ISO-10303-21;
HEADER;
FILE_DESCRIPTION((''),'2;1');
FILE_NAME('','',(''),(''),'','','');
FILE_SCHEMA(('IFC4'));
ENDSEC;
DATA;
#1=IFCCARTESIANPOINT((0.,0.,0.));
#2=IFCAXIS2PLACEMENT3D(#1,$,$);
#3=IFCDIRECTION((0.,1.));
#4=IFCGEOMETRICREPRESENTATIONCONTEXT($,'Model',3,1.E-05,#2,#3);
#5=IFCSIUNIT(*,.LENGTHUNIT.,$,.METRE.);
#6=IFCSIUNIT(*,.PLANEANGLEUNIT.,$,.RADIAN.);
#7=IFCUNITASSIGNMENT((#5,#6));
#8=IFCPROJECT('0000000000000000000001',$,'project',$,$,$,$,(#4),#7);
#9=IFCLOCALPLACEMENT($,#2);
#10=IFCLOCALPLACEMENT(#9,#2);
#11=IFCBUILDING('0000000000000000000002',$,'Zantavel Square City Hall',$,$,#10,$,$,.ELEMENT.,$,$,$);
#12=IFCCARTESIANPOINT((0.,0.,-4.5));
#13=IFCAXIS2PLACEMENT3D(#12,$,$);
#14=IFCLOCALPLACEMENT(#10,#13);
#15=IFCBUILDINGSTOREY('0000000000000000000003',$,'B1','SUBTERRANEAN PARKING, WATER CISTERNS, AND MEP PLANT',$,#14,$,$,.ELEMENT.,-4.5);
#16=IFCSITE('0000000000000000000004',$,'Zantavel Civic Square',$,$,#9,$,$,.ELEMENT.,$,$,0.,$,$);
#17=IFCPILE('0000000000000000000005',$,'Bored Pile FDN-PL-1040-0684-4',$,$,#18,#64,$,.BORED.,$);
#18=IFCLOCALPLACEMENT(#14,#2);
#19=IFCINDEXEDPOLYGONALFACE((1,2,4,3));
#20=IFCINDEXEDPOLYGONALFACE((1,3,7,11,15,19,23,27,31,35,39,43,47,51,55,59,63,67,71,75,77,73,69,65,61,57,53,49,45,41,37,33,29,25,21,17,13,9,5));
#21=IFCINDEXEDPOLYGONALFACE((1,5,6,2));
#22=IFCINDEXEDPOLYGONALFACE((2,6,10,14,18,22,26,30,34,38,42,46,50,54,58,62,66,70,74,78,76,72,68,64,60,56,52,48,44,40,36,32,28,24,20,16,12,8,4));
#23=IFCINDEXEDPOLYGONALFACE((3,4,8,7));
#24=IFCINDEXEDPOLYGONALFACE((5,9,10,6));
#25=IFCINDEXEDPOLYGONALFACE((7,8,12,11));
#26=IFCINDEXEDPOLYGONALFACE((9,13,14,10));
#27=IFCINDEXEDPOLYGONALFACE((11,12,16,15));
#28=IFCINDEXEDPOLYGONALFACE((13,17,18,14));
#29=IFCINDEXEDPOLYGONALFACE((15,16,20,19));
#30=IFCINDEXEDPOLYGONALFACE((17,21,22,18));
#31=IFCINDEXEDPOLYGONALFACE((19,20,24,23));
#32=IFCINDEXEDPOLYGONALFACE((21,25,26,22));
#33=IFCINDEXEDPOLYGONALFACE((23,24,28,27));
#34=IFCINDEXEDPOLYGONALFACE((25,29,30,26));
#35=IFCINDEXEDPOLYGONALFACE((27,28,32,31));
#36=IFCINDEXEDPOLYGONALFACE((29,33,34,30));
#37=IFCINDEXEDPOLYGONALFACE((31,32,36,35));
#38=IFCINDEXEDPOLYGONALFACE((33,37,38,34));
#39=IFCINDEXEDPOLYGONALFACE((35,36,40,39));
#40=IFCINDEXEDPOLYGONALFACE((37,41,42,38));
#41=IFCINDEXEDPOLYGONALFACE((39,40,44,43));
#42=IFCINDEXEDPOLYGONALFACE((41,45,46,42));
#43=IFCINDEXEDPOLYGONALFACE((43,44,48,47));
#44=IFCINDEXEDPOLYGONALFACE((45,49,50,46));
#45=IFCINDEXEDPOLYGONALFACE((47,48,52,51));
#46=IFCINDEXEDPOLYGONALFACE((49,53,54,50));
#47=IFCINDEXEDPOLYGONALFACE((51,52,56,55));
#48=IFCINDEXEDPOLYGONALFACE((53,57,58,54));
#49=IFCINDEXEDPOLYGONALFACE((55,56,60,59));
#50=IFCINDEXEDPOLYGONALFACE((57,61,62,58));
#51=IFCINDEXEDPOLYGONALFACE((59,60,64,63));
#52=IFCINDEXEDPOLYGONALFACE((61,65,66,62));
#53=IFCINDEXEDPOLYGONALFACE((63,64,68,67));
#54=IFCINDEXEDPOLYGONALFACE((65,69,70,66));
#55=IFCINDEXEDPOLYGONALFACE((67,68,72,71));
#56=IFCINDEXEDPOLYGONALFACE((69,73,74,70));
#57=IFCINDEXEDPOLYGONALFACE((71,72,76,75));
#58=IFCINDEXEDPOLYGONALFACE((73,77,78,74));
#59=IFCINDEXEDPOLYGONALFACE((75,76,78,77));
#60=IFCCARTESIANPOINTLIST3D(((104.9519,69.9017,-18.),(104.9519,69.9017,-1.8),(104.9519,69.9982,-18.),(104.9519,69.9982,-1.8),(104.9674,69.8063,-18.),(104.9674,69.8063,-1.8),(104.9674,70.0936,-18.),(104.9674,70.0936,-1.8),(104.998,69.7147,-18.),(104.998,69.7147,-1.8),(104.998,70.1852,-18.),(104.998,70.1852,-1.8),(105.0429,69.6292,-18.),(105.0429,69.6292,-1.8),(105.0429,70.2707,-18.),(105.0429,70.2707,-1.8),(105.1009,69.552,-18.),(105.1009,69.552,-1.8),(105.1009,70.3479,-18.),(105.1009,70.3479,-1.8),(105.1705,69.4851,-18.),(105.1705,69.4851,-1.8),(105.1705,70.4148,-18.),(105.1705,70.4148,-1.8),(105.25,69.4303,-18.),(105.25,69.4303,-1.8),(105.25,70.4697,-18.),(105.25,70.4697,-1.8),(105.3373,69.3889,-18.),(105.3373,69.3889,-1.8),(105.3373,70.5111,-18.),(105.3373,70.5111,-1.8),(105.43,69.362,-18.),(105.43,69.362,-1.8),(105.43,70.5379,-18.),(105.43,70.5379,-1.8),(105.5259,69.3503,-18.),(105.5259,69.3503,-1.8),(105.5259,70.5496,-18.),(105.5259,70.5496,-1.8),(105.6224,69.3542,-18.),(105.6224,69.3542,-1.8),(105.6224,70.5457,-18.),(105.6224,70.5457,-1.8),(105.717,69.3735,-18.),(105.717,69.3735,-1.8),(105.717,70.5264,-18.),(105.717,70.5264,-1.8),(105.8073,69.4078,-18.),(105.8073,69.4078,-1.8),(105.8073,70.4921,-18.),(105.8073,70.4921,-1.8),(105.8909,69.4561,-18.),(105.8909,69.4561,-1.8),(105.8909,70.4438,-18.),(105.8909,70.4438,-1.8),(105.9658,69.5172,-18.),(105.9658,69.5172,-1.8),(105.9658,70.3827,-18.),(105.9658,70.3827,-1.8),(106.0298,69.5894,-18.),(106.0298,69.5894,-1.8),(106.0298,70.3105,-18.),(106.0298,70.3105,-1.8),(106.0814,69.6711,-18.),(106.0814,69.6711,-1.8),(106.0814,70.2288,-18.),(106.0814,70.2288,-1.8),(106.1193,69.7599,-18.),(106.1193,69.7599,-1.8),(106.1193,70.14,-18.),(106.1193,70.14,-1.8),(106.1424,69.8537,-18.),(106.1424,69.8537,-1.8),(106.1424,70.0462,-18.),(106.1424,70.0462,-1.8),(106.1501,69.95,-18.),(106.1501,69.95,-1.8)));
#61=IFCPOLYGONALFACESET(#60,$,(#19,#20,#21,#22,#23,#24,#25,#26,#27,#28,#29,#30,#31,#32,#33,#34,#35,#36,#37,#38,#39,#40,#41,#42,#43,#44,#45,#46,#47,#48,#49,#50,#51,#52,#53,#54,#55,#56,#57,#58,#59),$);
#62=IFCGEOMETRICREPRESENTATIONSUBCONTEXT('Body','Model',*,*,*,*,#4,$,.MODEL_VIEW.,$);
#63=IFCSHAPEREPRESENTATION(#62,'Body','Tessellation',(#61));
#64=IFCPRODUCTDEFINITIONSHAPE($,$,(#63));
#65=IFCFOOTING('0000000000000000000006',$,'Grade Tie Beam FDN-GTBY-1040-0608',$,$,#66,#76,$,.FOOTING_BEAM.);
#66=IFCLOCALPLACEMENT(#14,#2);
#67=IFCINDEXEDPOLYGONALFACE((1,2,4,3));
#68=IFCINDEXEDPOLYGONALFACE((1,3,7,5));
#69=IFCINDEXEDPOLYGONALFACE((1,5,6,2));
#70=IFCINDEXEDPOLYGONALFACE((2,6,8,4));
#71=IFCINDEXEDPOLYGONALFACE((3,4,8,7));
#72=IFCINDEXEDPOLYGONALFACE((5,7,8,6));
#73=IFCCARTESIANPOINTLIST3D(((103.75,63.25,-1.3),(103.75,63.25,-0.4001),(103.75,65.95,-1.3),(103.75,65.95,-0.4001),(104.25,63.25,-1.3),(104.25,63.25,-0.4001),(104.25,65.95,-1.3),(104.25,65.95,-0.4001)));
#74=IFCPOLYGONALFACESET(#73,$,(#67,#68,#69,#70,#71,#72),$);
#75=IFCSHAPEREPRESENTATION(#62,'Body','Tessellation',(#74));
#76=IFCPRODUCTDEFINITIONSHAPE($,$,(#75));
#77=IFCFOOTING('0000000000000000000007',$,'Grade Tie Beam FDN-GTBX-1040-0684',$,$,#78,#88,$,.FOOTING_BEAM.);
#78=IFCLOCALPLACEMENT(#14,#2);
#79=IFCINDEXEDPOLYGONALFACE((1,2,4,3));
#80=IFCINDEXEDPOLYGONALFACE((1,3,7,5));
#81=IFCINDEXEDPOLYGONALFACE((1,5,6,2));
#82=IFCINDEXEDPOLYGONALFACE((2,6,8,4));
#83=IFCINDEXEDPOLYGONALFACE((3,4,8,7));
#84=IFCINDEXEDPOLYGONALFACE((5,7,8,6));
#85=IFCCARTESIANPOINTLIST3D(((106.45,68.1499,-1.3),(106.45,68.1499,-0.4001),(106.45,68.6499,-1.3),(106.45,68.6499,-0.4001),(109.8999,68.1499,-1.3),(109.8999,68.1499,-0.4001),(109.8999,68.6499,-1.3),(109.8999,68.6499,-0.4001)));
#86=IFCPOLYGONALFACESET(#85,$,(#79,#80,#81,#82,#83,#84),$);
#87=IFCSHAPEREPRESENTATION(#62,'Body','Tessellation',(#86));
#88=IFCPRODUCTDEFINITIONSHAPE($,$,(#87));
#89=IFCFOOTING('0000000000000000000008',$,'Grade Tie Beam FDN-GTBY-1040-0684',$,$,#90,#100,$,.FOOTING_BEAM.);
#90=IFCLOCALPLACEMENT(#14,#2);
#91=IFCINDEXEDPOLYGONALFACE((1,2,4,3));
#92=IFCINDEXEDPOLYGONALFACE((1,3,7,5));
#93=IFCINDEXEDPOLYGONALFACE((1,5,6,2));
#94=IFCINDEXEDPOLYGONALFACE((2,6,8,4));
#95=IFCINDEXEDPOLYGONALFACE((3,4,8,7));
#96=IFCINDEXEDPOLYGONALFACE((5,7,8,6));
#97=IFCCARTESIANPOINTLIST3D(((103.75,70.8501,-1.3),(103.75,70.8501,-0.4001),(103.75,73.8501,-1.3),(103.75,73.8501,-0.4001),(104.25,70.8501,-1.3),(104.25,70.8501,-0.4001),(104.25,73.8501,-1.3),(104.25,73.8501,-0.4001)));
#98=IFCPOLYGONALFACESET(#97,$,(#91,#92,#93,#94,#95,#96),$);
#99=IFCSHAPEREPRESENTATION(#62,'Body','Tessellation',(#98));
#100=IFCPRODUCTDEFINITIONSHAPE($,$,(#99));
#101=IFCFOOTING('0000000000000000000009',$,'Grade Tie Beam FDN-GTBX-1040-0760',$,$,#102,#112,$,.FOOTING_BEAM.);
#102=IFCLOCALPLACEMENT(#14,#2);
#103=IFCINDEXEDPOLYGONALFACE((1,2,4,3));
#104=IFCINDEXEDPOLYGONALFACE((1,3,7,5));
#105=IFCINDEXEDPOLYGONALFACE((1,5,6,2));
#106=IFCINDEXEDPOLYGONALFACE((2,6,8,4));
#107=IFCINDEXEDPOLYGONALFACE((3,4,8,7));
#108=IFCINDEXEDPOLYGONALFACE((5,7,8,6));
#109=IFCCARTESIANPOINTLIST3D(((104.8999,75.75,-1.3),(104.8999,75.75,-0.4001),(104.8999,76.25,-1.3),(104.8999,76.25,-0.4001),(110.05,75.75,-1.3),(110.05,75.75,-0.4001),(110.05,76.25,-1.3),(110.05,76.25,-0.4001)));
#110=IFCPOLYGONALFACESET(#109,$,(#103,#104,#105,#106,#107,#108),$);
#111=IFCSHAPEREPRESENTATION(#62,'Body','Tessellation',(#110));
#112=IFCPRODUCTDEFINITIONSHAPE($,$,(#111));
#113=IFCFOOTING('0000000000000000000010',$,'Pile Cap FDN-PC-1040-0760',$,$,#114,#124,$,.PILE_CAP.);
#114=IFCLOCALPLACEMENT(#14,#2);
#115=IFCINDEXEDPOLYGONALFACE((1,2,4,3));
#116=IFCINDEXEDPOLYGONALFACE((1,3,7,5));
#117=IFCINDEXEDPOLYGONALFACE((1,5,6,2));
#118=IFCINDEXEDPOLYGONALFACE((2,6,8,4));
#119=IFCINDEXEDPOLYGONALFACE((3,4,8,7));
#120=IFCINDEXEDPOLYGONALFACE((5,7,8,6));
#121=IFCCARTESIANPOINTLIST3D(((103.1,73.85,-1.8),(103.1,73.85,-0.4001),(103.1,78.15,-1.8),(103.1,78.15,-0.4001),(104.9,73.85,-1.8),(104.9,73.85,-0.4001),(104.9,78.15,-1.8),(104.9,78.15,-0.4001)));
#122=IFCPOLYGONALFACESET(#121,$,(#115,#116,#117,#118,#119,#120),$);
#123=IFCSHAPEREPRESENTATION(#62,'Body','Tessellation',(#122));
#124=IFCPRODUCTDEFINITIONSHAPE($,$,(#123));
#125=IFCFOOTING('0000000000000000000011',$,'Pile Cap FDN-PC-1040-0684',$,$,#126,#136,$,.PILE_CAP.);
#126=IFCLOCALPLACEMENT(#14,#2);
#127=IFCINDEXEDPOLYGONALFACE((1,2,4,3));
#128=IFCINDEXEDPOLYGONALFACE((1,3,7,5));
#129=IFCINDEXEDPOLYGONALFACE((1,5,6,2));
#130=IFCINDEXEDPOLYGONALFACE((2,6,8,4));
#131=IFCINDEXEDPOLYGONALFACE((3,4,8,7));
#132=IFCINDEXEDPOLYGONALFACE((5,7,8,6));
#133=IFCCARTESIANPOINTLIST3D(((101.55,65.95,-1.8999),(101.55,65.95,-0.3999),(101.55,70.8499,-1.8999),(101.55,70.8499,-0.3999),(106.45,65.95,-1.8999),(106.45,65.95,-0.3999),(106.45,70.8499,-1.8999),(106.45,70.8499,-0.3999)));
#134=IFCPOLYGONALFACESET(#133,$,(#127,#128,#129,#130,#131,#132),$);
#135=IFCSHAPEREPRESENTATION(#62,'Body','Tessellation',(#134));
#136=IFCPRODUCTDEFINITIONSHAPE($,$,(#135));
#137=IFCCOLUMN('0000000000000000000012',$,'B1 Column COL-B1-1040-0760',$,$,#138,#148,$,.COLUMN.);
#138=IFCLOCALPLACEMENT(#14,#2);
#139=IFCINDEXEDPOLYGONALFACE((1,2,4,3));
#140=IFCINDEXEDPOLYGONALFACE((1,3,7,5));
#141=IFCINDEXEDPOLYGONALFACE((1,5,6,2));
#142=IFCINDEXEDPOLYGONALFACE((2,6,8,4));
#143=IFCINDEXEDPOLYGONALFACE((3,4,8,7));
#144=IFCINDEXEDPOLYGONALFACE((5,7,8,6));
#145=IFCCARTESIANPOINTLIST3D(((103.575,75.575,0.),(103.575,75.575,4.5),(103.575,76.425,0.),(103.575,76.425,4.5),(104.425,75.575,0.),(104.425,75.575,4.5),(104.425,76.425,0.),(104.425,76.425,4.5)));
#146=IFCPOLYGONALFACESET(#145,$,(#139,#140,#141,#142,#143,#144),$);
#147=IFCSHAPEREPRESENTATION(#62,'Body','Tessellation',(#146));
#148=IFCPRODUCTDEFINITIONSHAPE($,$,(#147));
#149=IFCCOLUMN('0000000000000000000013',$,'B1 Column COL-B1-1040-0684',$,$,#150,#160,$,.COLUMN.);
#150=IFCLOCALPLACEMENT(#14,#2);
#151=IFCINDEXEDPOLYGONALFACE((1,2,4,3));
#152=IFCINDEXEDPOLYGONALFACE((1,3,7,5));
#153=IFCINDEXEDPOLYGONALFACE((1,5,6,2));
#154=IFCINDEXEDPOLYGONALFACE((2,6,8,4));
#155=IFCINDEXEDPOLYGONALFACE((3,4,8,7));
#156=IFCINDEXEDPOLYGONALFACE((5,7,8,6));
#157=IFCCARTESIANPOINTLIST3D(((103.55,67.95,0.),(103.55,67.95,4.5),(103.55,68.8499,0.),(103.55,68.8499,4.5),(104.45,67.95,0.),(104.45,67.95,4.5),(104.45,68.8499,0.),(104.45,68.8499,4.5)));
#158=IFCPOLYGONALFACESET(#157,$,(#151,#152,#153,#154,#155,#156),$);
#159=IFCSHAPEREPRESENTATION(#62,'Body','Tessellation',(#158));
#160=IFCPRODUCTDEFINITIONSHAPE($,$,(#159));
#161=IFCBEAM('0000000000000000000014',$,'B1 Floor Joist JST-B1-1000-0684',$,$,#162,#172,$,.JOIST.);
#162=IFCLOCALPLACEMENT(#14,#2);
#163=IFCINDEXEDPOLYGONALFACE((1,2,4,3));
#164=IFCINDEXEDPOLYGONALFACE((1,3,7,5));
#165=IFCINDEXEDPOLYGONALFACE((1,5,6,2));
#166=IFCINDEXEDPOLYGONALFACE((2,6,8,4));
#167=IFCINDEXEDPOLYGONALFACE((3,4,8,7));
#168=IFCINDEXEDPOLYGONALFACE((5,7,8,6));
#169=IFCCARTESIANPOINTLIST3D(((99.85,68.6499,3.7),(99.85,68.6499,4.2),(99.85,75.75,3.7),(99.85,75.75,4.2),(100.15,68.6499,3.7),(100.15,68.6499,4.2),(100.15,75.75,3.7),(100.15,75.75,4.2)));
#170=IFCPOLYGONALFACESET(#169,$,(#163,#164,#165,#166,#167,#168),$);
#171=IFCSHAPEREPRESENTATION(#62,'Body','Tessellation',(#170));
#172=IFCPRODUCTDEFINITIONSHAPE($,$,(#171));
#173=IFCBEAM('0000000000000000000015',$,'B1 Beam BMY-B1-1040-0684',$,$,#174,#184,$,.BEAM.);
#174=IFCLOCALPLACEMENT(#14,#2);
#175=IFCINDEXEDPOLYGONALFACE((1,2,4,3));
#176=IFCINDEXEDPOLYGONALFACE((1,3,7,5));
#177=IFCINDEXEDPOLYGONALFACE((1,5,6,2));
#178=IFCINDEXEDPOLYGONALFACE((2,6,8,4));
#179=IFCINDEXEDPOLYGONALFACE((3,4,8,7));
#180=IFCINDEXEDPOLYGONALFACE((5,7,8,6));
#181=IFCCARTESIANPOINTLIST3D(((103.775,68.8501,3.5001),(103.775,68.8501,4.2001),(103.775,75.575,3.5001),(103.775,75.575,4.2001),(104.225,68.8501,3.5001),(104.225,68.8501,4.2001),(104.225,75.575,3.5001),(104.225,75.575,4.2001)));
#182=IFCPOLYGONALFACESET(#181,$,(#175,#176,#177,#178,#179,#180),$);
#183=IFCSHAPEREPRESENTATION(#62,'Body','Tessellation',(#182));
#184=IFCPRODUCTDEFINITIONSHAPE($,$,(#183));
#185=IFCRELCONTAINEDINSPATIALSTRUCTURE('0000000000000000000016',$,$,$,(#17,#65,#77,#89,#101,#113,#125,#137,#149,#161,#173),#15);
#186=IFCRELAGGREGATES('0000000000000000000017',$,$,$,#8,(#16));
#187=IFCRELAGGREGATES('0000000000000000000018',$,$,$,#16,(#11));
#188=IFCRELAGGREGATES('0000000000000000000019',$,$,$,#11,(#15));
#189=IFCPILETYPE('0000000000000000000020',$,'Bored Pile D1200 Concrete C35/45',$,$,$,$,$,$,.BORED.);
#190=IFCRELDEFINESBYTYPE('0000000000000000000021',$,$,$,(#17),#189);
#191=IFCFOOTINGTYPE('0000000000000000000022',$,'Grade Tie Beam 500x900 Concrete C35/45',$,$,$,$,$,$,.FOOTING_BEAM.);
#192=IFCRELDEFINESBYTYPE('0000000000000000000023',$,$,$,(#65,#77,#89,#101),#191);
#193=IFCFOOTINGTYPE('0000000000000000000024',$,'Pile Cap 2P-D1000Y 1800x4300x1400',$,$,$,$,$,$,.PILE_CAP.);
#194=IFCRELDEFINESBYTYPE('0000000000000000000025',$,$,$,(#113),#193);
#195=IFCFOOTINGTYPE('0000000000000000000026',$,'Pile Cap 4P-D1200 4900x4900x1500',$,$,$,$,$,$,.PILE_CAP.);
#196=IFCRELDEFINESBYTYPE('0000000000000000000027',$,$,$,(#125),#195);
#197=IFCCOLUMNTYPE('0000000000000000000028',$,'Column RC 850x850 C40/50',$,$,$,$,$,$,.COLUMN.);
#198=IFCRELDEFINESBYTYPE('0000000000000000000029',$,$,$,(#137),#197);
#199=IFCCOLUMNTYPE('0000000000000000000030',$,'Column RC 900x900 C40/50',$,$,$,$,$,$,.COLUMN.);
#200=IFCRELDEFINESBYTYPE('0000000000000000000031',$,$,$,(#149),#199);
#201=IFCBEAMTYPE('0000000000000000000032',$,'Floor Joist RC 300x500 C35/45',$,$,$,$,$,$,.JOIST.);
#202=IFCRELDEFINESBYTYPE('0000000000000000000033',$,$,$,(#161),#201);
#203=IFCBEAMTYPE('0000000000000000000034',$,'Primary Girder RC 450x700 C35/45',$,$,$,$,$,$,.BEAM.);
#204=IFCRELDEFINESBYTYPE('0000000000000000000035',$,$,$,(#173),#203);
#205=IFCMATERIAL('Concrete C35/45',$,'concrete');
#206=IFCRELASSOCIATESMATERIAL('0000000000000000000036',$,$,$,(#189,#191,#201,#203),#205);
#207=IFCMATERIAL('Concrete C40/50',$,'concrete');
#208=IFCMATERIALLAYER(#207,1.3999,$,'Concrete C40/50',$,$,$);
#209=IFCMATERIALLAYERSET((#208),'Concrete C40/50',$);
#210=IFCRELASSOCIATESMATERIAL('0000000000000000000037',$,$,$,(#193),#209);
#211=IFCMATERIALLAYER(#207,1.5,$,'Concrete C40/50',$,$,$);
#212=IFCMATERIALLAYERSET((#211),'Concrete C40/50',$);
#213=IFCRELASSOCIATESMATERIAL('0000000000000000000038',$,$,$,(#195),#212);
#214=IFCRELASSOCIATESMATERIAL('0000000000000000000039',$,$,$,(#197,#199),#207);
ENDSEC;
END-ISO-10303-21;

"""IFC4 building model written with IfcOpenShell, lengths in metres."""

from ifc_helpers import new_model, si_unit, direction, frame, origin, origin_2d, place, context, subcontext, project, spatial, rectangle, circle, extrude, material, layer, layer_set, material_profile, profile_set, type_object, element, save


model = new_model("IFC4")

# Units and contexts
model_context = context("Model", 3, precision=1e-05, world=origin(), true_north=direction((0.0, 1.0)))
body_context = subcontext(model_context, "Body", "Model", "MODEL_VIEW")
ifc_project = project(units=[si_unit("LENGTHUNIT", "METRE"), si_unit("PLANEANGLEUNIT", "RADIAN")], contexts=[model_context])

# Site, building, storey
site_placement = place(None, origin())
site = spatial("IfcSite", under=ifc_project, at=site_placement, Name="Zantavel Civic Square", CompositionType="ELEMENT", RefElevation=0.0)
building_placement = place(site_placement, origin())
building = spatial("IfcBuilding", under=site, at=building_placement, Name="Zantavel Square City Hall", CompositionType="ELEMENT")
storey_placement = place(building_placement, frame((0.0, 0.0, -4.5)))
storey = spatial("IfcBuildingStorey", under=building, at=storey_placement, Name="B1", Description="SUBTERRANEAN PARKING, WATER CISTERNS, AND MEP PLANT", CompositionType="ELEMENT", Elevation=-4.5)

# Pile
ifc_material_1 = material(Name="Concrete C35/45", Category="concrete")
ifc_material_profile_1 = material_profile(ifc_material_1, circle(Radius=0.6001, at=origin_2d()), Name="PILE D1200")
ifc_profile_set_1 = profile_set([ifc_material_profile_1], Name="Concrete C35/45")
pile_type_1 = type_object("IfcPileType", Name="Bored Pile D1200 Concrete C35/45", PredefinedType="BORED", material=ifc_profile_set_1)
for number, where, z_axis, x_axis, name in (
    (1, (105.55, 69.95, -1.8), (0.0, 0.0, -1.0), (1.0, 0.0, 0.0), "Bored Pile FDN-PL-1040-0684-4"),
):
    element("IfcPile", number, at=place(storey_placement, frame(where, z_axis=z_axis, x_axis=x_axis)), inside=storey, type_object=pile_type_1, Name=name, PredefinedType="BORED", context=body_context, shape_type="SweptSolid", body=[
        extrude(circle(Radius=0.6001, at=origin_2d()), origin(), (0.0, 0.0, 1.0), 16.2),
    ])

# Footings
ifc_material_profile_2 = material_profile(ifc_material_1, rectangle(XDim=0.5, YDim=0.8999, at=origin_2d()), Name="RC 500x900")
ifc_profile_set_2 = profile_set([ifc_material_profile_2], Name="Concrete C35/45")
footing_type_1 = type_object("IfcFootingType", Name="Grade Tie Beam 500x900 Concrete C35/45", PredefinedType="FOOTING_BEAM", material=ifc_profile_set_2)
footing_1_placement = place(storey_placement, frame((104.0, 63.25, -0.8501), z_axis=(0.0, 1.0, 0.0), x_axis=(-1.0, 0.0, 0.0)))
element("IfcFooting", 2, at=footing_1_placement, inside=storey, type_object=footing_type_1, Name="Grade Tie Beam FDN-GTBY-1040-0608", PredefinedType="FOOTING_BEAM", context=body_context, shape_type="SweptSolid", body=[
    extrude(rectangle(XDim=0.5, YDim=0.8999, at=origin_2d()), origin(), (0.0, 0.0, 1.0), 2.7),
])
footing_2_placement = place(storey_placement, frame((106.45, 68.3999, -0.8501), z_axis=(1.0, 0.0, 0.0), x_axis=(0.0, 1.0, 0.0)))
element("IfcFooting", 3, at=footing_2_placement, inside=storey, type_object=footing_type_1, Name="Grade Tie Beam FDN-GTBX-1040-0684", PredefinedType="FOOTING_BEAM", context=body_context, shape_type="SweptSolid", body=[
    extrude(rectangle(XDim=0.5, YDim=0.8999, at=origin_2d()), origin(), (0.0, 0.0, 1.0), 3.45),
])
footing_3_placement = place(storey_placement, frame((104.0, 70.8501, -0.8501), z_axis=(0.0, 1.0, 0.0), x_axis=(-1.0, 0.0, 0.0)))
element("IfcFooting", 4, at=footing_3_placement, inside=storey, type_object=footing_type_1, Name="Grade Tie Beam FDN-GTBY-1040-0684", PredefinedType="FOOTING_BEAM", context=body_context, shape_type="SweptSolid", body=[
    extrude(rectangle(XDim=0.5, YDim=0.8999, at=origin_2d()), origin(), (0.0, 0.0, 1.0), 3.0),
])
footing_4_placement = place(storey_placement, frame((104.8999, 76.0, -0.8501), z_axis=(1.0, 0.0, 0.0), x_axis=(0.0, 1.0, 0.0)))
element("IfcFooting", 5, at=footing_4_placement, inside=storey, type_object=footing_type_1, Name="Grade Tie Beam FDN-GTBX-1040-0760", PredefinedType="FOOTING_BEAM", context=body_context, shape_type="SweptSolid", body=[
    extrude(rectangle(XDim=0.5, YDim=0.8999, at=origin_2d()), origin(), (0.0, 0.0, 1.0), 5.1501),
])
ifc_material_2 = material(Name="Concrete C40/50", Category="concrete")
ifc_layer_1 = layer(ifc_material_2, 1.3999, Name="Concrete C40/50")
ifc_layer_set_1 = layer_set([ifc_layer_1], Name="Concrete C40/50")
footing_type_2 = type_object("IfcFootingType", Name="Pile Cap 2P-D1000Y 1800x4300x1400", PredefinedType="PILE_CAP", material=ifc_layer_set_1)
footing_5_placement = place(storey_placement, frame((104.0, 76.0, -1.8), z_axis=(0.0, 0.0, 1.0), x_axis=(1.0, 0.0, 0.0)))
element("IfcFooting", 6, at=footing_5_placement, inside=storey, type_object=footing_type_2, Name="Pile Cap FDN-PC-1040-0760", PredefinedType="PILE_CAP", context=body_context, shape_type="SweptSolid", body=[
    extrude(rectangle(XDim=1.8, YDim=4.3, at=origin_2d()), origin(), (0.0, 0.0, 1.0), 1.3999),
])
ifc_layer_2 = layer(ifc_material_2, 1.5, Name="Concrete C40/50")
ifc_layer_set_2 = layer_set([ifc_layer_2], Name="Concrete C40/50")
footing_type_3 = type_object("IfcFootingType", Name="Pile Cap 4P-D1200 4900x4900x1500", PredefinedType="PILE_CAP", material=ifc_layer_set_2)
footing_6_placement = place(storey_placement, frame((104.0, 68.3999, -1.8999), z_axis=(0.0, 0.0, 1.0), x_axis=(1.0, 0.0, 0.0)))
element("IfcFooting", 7, at=footing_6_placement, inside=storey, type_object=footing_type_3, Name="Pile Cap FDN-PC-1040-0684", PredefinedType="PILE_CAP", context=body_context, shape_type="SweptSolid", body=[
    extrude(rectangle(XDim=4.8999, YDim=4.8999, at=origin_2d()), origin(), (0.0, 0.0, 1.0), 1.5),
])

# Columns
ifc_material_profile_3 = material_profile(ifc_material_2, rectangle(XDim=0.8501, YDim=0.8501, at=origin_2d()), Name="RC 850x850")
ifc_profile_set_3 = profile_set([ifc_material_profile_3], Name="Concrete C40/50")
column_type_1 = type_object("IfcColumnType", Name="Column RC 850x850 C40/50", PredefinedType="COLUMN", material=ifc_profile_set_3)
column_1_placement = place(storey_placement, frame((104.0, 76.0, 0.0), z_axis=(0.0, 0.0, 1.0), x_axis=(1.0, 0.0, 0.0)))
element("IfcColumn", 8, at=column_1_placement, inside=storey, type_object=column_type_1, Name="B1 Column COL-B1-1040-0760", PredefinedType="COLUMN", context=body_context, shape_type="SweptSolid", body=[
    extrude(rectangle(XDim=0.8501, YDim=0.8501, at=origin_2d()), origin(), (0.0, 0.0, 1.0), 4.5),
])
ifc_material_profile_4 = material_profile(ifc_material_2, rectangle(XDim=0.8999, YDim=0.8999, at=origin_2d()), Name="RC 900x900")
ifc_profile_set_4 = profile_set([ifc_material_profile_4], Name="Concrete C40/50")
column_type_2 = type_object("IfcColumnType", Name="Column RC 900x900 C40/50", PredefinedType="COLUMN", material=ifc_profile_set_4)
column_2_placement = place(storey_placement, frame((104.0, 68.3999, 0.0), z_axis=(0.0, 0.0, 1.0), x_axis=(1.0, 0.0, 0.0)))
element("IfcColumn", 9, at=column_2_placement, inside=storey, type_object=column_type_2, Name="B1 Column COL-B1-1040-0684", PredefinedType="COLUMN", context=body_context, shape_type="SweptSolid", body=[
    extrude(rectangle(XDim=0.8999, YDim=0.8999, at=origin_2d()), origin(), (0.0, 0.0, 1.0), 4.5),
])

# Beams
ifc_material_profile_5 = material_profile(ifc_material_1, rectangle(XDim=0.3, YDim=0.5, at=origin_2d()), Name="RC 300x500")
ifc_profile_set_5 = profile_set([ifc_material_profile_5], Name="Concrete C35/45")
beam_type_1 = type_object("IfcBeamType", Name="Floor Joist RC 300x500 C35/45", PredefinedType="JOIST", material=ifc_profile_set_5)
beam_1_placement = place(storey_placement, frame((100.0, 68.6499, 3.95), z_axis=(0.0, 1.0, 0.0), x_axis=(-1.0, 0.0, 0.0)))
element("IfcBeam", 10, at=beam_1_placement, inside=storey, type_object=beam_type_1, Name="B1 Floor Joist JST-B1-1000-0684", PredefinedType="JOIST", context=body_context, shape_type="SweptSolid", body=[
    extrude(rectangle(XDim=0.3, YDim=0.5, at=origin_2d()), origin(), (0.0, 0.0, 1.0), 7.1001),
])
ifc_material_profile_6 = material_profile(ifc_material_1, rectangle(XDim=0.45, YDim=0.7, at=origin_2d()), Name="RC 450x700")
ifc_profile_set_6 = profile_set([ifc_material_profile_6], Name="Concrete C35/45")
beam_type_2 = type_object("IfcBeamType", Name="Primary Girder RC 450x700 C35/45", PredefinedType="BEAM", material=ifc_profile_set_6)
beam_2_placement = place(storey_placement, frame((104.0, 68.8501, 3.8501), z_axis=(0.0, 1.0, 0.0), x_axis=(-1.0, 0.0, 0.0)))
element("IfcBeam", 11, at=beam_2_placement, inside=storey, type_object=beam_type_2, Name="B1 Beam BMY-B1-1040-0684", PredefinedType="BEAM", context=body_context, shape_type="SweptSolid", body=[
    extrude(rectangle(XDim=0.45, YDim=0.7, at=origin_2d()), origin(), (0.0, 0.0, 1.0), 6.7249),
])

save(model, "model.ifc")
